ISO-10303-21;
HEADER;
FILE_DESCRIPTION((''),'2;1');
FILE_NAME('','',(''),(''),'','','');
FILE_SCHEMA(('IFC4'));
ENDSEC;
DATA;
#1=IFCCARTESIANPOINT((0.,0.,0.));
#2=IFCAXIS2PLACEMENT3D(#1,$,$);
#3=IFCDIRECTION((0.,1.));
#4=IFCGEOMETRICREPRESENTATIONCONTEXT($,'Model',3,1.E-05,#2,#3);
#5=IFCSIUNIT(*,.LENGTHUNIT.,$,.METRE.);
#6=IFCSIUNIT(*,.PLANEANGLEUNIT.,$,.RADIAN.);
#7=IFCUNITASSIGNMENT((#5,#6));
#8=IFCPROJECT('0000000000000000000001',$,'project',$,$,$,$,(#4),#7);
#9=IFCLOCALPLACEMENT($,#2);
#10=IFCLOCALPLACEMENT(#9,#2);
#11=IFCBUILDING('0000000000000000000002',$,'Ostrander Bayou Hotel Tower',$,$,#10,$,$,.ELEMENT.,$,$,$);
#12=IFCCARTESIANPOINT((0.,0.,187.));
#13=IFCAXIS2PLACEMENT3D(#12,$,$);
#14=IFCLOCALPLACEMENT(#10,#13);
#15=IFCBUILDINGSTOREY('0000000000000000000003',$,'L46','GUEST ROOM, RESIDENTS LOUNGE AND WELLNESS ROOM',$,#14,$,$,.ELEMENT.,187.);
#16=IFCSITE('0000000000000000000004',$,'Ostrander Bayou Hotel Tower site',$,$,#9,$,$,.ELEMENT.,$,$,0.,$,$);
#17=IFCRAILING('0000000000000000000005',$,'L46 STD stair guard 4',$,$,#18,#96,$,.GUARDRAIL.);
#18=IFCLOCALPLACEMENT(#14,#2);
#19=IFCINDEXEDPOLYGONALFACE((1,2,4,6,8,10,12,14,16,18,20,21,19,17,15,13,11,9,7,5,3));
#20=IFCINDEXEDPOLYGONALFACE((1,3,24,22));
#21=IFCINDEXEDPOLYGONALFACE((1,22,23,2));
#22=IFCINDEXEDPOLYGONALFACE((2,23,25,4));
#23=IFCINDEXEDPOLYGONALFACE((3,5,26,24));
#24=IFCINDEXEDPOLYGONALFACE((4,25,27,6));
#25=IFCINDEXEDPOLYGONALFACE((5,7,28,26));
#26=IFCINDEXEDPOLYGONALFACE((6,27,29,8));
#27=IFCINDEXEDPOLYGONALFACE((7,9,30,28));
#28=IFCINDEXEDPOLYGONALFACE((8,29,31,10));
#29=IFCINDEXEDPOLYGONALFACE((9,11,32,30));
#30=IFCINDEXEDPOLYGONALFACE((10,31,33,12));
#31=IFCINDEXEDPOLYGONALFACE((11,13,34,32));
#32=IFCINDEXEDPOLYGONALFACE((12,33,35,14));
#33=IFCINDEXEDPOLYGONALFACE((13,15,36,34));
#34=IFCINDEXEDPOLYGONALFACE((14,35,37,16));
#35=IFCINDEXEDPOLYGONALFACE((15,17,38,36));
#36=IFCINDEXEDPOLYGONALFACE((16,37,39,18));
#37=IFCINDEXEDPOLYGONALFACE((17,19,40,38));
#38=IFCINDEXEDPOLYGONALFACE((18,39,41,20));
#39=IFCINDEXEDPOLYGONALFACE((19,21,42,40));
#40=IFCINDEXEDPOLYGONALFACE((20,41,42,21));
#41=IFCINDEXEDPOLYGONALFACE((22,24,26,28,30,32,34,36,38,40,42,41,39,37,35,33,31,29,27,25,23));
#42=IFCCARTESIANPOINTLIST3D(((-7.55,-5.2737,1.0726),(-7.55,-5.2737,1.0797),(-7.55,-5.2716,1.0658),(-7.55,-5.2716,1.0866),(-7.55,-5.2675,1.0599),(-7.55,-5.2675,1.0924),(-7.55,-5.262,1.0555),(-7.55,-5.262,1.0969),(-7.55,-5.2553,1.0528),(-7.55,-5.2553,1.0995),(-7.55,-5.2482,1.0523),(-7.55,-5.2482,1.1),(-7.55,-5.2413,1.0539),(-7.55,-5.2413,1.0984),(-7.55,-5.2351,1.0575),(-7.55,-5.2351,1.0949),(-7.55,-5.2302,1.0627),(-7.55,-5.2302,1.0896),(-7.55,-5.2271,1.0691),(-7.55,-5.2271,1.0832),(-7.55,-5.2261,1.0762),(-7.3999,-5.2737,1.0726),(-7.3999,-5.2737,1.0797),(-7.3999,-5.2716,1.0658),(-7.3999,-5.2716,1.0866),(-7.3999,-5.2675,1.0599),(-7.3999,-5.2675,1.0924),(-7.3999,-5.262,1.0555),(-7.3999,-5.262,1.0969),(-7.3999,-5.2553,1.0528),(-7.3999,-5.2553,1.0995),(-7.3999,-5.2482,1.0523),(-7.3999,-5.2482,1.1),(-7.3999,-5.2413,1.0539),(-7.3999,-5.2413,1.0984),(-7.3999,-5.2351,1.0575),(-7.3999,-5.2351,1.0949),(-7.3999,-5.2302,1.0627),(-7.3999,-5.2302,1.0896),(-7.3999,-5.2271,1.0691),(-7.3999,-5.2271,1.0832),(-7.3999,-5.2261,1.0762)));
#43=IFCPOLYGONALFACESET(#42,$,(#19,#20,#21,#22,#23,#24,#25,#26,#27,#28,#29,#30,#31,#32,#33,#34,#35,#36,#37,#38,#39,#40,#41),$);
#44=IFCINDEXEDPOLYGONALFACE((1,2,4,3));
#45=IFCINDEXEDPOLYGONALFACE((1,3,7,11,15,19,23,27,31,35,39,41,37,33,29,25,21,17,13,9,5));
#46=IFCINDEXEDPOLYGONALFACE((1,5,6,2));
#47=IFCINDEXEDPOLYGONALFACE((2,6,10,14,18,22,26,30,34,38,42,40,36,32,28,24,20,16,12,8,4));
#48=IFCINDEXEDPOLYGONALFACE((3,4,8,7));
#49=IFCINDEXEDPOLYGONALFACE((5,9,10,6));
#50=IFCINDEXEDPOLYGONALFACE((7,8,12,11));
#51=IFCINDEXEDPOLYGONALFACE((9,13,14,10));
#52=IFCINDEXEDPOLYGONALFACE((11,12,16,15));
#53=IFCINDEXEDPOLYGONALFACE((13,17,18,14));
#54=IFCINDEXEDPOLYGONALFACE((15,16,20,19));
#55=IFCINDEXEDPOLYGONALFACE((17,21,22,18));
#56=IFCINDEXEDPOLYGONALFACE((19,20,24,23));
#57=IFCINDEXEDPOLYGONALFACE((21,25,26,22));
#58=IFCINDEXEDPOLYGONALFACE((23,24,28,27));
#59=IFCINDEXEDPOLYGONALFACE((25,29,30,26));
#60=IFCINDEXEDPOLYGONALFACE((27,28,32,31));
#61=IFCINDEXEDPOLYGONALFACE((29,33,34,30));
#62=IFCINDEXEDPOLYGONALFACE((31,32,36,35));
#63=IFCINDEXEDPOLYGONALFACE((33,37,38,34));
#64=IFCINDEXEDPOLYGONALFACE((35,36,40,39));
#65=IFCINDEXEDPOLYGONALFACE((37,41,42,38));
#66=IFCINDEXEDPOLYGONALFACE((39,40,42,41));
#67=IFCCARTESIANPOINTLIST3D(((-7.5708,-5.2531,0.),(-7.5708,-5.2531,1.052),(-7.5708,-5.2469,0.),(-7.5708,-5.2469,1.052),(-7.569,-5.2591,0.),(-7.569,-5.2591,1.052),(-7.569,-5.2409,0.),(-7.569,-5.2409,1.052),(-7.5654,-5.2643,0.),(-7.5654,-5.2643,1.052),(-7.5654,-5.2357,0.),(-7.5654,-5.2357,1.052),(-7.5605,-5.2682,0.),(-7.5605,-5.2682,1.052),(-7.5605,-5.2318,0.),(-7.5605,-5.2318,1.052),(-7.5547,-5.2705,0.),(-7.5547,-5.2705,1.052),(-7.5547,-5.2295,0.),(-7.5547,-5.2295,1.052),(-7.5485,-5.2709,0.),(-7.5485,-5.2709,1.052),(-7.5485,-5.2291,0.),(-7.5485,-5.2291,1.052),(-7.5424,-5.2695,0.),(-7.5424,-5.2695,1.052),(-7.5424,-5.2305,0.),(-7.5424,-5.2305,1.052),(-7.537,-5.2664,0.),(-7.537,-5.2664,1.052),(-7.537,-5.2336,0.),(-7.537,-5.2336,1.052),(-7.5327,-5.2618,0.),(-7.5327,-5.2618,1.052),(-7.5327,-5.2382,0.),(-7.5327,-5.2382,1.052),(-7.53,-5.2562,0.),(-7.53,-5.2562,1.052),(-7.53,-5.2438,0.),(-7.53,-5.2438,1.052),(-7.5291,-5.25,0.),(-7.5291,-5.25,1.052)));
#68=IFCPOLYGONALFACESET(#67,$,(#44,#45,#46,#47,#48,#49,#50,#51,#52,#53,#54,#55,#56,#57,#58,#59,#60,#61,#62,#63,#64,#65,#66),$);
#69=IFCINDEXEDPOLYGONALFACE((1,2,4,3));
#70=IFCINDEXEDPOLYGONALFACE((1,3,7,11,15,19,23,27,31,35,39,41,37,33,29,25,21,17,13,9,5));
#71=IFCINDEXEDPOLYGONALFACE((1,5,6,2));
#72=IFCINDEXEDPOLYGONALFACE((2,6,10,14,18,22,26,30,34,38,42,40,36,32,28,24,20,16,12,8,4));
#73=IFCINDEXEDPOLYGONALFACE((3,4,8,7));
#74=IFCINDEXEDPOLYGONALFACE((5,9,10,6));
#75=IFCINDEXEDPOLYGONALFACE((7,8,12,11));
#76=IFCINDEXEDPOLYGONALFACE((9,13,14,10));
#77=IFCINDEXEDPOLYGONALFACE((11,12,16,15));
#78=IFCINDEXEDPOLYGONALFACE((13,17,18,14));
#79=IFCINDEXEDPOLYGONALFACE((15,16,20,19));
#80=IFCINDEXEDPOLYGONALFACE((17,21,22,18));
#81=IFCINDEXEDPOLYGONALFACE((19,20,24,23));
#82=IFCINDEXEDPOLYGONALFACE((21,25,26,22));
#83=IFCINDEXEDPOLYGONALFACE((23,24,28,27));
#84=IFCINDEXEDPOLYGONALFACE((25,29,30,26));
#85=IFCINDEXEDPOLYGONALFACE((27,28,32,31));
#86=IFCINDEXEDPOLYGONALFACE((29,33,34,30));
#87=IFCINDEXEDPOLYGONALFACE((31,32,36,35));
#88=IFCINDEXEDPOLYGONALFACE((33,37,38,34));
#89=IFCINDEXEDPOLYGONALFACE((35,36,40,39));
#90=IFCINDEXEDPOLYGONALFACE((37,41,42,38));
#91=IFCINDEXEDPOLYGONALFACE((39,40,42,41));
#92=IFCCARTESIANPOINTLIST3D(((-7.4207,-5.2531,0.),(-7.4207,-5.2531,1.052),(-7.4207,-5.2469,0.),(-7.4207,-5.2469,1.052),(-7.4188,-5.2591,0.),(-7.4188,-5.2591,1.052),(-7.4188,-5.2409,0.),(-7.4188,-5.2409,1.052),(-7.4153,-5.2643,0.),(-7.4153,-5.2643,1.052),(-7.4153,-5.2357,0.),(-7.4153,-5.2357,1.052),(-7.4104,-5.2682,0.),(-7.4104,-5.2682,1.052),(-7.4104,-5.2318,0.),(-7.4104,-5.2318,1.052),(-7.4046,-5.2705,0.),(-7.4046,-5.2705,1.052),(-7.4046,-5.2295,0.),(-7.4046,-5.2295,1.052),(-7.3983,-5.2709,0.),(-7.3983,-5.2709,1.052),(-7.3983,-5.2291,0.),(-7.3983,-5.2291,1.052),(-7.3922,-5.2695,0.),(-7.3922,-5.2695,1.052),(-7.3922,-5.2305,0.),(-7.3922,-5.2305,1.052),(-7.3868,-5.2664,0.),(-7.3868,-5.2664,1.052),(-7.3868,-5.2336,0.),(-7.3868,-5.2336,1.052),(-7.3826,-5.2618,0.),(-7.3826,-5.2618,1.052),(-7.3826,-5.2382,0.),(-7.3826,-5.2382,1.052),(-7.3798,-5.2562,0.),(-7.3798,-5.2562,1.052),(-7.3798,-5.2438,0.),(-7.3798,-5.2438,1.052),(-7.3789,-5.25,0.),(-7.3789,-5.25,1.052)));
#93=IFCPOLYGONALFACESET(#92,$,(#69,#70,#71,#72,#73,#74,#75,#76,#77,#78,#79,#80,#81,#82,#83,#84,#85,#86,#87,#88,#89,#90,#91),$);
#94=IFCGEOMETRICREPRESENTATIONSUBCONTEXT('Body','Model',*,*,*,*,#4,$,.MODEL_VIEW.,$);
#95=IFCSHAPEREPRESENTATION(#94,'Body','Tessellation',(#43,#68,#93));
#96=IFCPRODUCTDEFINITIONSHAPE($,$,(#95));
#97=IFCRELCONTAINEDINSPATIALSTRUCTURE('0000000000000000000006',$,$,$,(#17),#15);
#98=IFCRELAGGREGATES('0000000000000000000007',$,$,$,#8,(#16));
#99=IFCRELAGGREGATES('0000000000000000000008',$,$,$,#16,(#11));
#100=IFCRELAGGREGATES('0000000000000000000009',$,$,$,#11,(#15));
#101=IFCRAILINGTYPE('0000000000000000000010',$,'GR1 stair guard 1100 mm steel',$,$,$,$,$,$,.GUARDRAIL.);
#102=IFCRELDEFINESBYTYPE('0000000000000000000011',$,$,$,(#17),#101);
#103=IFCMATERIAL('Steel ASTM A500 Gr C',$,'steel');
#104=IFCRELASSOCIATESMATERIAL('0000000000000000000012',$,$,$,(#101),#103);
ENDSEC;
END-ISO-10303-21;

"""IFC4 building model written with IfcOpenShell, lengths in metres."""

from ifc_helpers import new_model, si_unit, direction, frame, origin, origin_2d, place, context, subcontext, project, spatial, circle, extrude, material, type_object, element, save


model = new_model("IFC4")

# Units and contexts
model_context = context("Model", 3, precision=1e-05, world=origin(), true_north=direction((0.0, 1.0)))
body_context = subcontext(model_context, "Body", "Model", "MODEL_VIEW")
ifc_project = project(units=[si_unit("LENGTHUNIT", "METRE"), si_unit("PLANEANGLEUNIT", "RADIAN")], contexts=[model_context])

# Site, building, storey
site_placement = place(None, origin())
site = spatial("IfcSite", under=ifc_project, at=site_placement, Name="Ostrander Bayou Hotel Tower site", CompositionType="ELEMENT", RefElevation=0.0)
building_placement = place(site_placement, origin())
building = spatial("IfcBuilding", under=site, at=building_placement, Name="Ostrander Bayou Hotel Tower", CompositionType="ELEMENT")
storey_placement = place(building_placement, frame((0.0, 0.0, 187.0)))
storey = spatial("IfcBuildingStorey", under=building, at=storey_placement, Name="L46", Description="GUEST ROOM, RESIDENTS LOUNGE AND WELLNESS ROOM", CompositionType="ELEMENT", Elevation=187.0)

# Railing
ifc_material_1 = material(Name="Steel ASTM A500 Gr C", Category="steel")
railing_type_1 = type_object("IfcRailingType", Name="GR1 stair guard 1100 mm steel", PredefinedType="GUARDRAIL", material=ifc_material_1)
railing_1_placement = place(storey_placement, frame((-7.55, -5.25, 0.0)))
element("IfcRailing", 1, at=railing_1_placement, inside=storey, type_object=railing_type_1, Name="L46 STD stair guard 4", PredefinedType="GUARDRAIL", context=body_context, shape_type="SweptSolid", body=[
    extrude(circle(Radius=0.0239, at=origin_2d()), frame((0.0, 0.0, 1.0762), z_axis=(1.0, 0.0, 0.0), x_axis=(0.0, 1.0, 0.0)), (0.0, 0.0, 1.0), 0.1501),
    extrude(circle(Radius=0.021, at=origin_2d()), origin(), (0.0, 0.0, 1.0), 1.052),
    extrude(circle(Radius=0.021, at=origin_2d()), frame((0.1501, 0.0, 0.0)), (0.0, 0.0, 1.0), 1.052),
])

save(model, "model.ifc")
